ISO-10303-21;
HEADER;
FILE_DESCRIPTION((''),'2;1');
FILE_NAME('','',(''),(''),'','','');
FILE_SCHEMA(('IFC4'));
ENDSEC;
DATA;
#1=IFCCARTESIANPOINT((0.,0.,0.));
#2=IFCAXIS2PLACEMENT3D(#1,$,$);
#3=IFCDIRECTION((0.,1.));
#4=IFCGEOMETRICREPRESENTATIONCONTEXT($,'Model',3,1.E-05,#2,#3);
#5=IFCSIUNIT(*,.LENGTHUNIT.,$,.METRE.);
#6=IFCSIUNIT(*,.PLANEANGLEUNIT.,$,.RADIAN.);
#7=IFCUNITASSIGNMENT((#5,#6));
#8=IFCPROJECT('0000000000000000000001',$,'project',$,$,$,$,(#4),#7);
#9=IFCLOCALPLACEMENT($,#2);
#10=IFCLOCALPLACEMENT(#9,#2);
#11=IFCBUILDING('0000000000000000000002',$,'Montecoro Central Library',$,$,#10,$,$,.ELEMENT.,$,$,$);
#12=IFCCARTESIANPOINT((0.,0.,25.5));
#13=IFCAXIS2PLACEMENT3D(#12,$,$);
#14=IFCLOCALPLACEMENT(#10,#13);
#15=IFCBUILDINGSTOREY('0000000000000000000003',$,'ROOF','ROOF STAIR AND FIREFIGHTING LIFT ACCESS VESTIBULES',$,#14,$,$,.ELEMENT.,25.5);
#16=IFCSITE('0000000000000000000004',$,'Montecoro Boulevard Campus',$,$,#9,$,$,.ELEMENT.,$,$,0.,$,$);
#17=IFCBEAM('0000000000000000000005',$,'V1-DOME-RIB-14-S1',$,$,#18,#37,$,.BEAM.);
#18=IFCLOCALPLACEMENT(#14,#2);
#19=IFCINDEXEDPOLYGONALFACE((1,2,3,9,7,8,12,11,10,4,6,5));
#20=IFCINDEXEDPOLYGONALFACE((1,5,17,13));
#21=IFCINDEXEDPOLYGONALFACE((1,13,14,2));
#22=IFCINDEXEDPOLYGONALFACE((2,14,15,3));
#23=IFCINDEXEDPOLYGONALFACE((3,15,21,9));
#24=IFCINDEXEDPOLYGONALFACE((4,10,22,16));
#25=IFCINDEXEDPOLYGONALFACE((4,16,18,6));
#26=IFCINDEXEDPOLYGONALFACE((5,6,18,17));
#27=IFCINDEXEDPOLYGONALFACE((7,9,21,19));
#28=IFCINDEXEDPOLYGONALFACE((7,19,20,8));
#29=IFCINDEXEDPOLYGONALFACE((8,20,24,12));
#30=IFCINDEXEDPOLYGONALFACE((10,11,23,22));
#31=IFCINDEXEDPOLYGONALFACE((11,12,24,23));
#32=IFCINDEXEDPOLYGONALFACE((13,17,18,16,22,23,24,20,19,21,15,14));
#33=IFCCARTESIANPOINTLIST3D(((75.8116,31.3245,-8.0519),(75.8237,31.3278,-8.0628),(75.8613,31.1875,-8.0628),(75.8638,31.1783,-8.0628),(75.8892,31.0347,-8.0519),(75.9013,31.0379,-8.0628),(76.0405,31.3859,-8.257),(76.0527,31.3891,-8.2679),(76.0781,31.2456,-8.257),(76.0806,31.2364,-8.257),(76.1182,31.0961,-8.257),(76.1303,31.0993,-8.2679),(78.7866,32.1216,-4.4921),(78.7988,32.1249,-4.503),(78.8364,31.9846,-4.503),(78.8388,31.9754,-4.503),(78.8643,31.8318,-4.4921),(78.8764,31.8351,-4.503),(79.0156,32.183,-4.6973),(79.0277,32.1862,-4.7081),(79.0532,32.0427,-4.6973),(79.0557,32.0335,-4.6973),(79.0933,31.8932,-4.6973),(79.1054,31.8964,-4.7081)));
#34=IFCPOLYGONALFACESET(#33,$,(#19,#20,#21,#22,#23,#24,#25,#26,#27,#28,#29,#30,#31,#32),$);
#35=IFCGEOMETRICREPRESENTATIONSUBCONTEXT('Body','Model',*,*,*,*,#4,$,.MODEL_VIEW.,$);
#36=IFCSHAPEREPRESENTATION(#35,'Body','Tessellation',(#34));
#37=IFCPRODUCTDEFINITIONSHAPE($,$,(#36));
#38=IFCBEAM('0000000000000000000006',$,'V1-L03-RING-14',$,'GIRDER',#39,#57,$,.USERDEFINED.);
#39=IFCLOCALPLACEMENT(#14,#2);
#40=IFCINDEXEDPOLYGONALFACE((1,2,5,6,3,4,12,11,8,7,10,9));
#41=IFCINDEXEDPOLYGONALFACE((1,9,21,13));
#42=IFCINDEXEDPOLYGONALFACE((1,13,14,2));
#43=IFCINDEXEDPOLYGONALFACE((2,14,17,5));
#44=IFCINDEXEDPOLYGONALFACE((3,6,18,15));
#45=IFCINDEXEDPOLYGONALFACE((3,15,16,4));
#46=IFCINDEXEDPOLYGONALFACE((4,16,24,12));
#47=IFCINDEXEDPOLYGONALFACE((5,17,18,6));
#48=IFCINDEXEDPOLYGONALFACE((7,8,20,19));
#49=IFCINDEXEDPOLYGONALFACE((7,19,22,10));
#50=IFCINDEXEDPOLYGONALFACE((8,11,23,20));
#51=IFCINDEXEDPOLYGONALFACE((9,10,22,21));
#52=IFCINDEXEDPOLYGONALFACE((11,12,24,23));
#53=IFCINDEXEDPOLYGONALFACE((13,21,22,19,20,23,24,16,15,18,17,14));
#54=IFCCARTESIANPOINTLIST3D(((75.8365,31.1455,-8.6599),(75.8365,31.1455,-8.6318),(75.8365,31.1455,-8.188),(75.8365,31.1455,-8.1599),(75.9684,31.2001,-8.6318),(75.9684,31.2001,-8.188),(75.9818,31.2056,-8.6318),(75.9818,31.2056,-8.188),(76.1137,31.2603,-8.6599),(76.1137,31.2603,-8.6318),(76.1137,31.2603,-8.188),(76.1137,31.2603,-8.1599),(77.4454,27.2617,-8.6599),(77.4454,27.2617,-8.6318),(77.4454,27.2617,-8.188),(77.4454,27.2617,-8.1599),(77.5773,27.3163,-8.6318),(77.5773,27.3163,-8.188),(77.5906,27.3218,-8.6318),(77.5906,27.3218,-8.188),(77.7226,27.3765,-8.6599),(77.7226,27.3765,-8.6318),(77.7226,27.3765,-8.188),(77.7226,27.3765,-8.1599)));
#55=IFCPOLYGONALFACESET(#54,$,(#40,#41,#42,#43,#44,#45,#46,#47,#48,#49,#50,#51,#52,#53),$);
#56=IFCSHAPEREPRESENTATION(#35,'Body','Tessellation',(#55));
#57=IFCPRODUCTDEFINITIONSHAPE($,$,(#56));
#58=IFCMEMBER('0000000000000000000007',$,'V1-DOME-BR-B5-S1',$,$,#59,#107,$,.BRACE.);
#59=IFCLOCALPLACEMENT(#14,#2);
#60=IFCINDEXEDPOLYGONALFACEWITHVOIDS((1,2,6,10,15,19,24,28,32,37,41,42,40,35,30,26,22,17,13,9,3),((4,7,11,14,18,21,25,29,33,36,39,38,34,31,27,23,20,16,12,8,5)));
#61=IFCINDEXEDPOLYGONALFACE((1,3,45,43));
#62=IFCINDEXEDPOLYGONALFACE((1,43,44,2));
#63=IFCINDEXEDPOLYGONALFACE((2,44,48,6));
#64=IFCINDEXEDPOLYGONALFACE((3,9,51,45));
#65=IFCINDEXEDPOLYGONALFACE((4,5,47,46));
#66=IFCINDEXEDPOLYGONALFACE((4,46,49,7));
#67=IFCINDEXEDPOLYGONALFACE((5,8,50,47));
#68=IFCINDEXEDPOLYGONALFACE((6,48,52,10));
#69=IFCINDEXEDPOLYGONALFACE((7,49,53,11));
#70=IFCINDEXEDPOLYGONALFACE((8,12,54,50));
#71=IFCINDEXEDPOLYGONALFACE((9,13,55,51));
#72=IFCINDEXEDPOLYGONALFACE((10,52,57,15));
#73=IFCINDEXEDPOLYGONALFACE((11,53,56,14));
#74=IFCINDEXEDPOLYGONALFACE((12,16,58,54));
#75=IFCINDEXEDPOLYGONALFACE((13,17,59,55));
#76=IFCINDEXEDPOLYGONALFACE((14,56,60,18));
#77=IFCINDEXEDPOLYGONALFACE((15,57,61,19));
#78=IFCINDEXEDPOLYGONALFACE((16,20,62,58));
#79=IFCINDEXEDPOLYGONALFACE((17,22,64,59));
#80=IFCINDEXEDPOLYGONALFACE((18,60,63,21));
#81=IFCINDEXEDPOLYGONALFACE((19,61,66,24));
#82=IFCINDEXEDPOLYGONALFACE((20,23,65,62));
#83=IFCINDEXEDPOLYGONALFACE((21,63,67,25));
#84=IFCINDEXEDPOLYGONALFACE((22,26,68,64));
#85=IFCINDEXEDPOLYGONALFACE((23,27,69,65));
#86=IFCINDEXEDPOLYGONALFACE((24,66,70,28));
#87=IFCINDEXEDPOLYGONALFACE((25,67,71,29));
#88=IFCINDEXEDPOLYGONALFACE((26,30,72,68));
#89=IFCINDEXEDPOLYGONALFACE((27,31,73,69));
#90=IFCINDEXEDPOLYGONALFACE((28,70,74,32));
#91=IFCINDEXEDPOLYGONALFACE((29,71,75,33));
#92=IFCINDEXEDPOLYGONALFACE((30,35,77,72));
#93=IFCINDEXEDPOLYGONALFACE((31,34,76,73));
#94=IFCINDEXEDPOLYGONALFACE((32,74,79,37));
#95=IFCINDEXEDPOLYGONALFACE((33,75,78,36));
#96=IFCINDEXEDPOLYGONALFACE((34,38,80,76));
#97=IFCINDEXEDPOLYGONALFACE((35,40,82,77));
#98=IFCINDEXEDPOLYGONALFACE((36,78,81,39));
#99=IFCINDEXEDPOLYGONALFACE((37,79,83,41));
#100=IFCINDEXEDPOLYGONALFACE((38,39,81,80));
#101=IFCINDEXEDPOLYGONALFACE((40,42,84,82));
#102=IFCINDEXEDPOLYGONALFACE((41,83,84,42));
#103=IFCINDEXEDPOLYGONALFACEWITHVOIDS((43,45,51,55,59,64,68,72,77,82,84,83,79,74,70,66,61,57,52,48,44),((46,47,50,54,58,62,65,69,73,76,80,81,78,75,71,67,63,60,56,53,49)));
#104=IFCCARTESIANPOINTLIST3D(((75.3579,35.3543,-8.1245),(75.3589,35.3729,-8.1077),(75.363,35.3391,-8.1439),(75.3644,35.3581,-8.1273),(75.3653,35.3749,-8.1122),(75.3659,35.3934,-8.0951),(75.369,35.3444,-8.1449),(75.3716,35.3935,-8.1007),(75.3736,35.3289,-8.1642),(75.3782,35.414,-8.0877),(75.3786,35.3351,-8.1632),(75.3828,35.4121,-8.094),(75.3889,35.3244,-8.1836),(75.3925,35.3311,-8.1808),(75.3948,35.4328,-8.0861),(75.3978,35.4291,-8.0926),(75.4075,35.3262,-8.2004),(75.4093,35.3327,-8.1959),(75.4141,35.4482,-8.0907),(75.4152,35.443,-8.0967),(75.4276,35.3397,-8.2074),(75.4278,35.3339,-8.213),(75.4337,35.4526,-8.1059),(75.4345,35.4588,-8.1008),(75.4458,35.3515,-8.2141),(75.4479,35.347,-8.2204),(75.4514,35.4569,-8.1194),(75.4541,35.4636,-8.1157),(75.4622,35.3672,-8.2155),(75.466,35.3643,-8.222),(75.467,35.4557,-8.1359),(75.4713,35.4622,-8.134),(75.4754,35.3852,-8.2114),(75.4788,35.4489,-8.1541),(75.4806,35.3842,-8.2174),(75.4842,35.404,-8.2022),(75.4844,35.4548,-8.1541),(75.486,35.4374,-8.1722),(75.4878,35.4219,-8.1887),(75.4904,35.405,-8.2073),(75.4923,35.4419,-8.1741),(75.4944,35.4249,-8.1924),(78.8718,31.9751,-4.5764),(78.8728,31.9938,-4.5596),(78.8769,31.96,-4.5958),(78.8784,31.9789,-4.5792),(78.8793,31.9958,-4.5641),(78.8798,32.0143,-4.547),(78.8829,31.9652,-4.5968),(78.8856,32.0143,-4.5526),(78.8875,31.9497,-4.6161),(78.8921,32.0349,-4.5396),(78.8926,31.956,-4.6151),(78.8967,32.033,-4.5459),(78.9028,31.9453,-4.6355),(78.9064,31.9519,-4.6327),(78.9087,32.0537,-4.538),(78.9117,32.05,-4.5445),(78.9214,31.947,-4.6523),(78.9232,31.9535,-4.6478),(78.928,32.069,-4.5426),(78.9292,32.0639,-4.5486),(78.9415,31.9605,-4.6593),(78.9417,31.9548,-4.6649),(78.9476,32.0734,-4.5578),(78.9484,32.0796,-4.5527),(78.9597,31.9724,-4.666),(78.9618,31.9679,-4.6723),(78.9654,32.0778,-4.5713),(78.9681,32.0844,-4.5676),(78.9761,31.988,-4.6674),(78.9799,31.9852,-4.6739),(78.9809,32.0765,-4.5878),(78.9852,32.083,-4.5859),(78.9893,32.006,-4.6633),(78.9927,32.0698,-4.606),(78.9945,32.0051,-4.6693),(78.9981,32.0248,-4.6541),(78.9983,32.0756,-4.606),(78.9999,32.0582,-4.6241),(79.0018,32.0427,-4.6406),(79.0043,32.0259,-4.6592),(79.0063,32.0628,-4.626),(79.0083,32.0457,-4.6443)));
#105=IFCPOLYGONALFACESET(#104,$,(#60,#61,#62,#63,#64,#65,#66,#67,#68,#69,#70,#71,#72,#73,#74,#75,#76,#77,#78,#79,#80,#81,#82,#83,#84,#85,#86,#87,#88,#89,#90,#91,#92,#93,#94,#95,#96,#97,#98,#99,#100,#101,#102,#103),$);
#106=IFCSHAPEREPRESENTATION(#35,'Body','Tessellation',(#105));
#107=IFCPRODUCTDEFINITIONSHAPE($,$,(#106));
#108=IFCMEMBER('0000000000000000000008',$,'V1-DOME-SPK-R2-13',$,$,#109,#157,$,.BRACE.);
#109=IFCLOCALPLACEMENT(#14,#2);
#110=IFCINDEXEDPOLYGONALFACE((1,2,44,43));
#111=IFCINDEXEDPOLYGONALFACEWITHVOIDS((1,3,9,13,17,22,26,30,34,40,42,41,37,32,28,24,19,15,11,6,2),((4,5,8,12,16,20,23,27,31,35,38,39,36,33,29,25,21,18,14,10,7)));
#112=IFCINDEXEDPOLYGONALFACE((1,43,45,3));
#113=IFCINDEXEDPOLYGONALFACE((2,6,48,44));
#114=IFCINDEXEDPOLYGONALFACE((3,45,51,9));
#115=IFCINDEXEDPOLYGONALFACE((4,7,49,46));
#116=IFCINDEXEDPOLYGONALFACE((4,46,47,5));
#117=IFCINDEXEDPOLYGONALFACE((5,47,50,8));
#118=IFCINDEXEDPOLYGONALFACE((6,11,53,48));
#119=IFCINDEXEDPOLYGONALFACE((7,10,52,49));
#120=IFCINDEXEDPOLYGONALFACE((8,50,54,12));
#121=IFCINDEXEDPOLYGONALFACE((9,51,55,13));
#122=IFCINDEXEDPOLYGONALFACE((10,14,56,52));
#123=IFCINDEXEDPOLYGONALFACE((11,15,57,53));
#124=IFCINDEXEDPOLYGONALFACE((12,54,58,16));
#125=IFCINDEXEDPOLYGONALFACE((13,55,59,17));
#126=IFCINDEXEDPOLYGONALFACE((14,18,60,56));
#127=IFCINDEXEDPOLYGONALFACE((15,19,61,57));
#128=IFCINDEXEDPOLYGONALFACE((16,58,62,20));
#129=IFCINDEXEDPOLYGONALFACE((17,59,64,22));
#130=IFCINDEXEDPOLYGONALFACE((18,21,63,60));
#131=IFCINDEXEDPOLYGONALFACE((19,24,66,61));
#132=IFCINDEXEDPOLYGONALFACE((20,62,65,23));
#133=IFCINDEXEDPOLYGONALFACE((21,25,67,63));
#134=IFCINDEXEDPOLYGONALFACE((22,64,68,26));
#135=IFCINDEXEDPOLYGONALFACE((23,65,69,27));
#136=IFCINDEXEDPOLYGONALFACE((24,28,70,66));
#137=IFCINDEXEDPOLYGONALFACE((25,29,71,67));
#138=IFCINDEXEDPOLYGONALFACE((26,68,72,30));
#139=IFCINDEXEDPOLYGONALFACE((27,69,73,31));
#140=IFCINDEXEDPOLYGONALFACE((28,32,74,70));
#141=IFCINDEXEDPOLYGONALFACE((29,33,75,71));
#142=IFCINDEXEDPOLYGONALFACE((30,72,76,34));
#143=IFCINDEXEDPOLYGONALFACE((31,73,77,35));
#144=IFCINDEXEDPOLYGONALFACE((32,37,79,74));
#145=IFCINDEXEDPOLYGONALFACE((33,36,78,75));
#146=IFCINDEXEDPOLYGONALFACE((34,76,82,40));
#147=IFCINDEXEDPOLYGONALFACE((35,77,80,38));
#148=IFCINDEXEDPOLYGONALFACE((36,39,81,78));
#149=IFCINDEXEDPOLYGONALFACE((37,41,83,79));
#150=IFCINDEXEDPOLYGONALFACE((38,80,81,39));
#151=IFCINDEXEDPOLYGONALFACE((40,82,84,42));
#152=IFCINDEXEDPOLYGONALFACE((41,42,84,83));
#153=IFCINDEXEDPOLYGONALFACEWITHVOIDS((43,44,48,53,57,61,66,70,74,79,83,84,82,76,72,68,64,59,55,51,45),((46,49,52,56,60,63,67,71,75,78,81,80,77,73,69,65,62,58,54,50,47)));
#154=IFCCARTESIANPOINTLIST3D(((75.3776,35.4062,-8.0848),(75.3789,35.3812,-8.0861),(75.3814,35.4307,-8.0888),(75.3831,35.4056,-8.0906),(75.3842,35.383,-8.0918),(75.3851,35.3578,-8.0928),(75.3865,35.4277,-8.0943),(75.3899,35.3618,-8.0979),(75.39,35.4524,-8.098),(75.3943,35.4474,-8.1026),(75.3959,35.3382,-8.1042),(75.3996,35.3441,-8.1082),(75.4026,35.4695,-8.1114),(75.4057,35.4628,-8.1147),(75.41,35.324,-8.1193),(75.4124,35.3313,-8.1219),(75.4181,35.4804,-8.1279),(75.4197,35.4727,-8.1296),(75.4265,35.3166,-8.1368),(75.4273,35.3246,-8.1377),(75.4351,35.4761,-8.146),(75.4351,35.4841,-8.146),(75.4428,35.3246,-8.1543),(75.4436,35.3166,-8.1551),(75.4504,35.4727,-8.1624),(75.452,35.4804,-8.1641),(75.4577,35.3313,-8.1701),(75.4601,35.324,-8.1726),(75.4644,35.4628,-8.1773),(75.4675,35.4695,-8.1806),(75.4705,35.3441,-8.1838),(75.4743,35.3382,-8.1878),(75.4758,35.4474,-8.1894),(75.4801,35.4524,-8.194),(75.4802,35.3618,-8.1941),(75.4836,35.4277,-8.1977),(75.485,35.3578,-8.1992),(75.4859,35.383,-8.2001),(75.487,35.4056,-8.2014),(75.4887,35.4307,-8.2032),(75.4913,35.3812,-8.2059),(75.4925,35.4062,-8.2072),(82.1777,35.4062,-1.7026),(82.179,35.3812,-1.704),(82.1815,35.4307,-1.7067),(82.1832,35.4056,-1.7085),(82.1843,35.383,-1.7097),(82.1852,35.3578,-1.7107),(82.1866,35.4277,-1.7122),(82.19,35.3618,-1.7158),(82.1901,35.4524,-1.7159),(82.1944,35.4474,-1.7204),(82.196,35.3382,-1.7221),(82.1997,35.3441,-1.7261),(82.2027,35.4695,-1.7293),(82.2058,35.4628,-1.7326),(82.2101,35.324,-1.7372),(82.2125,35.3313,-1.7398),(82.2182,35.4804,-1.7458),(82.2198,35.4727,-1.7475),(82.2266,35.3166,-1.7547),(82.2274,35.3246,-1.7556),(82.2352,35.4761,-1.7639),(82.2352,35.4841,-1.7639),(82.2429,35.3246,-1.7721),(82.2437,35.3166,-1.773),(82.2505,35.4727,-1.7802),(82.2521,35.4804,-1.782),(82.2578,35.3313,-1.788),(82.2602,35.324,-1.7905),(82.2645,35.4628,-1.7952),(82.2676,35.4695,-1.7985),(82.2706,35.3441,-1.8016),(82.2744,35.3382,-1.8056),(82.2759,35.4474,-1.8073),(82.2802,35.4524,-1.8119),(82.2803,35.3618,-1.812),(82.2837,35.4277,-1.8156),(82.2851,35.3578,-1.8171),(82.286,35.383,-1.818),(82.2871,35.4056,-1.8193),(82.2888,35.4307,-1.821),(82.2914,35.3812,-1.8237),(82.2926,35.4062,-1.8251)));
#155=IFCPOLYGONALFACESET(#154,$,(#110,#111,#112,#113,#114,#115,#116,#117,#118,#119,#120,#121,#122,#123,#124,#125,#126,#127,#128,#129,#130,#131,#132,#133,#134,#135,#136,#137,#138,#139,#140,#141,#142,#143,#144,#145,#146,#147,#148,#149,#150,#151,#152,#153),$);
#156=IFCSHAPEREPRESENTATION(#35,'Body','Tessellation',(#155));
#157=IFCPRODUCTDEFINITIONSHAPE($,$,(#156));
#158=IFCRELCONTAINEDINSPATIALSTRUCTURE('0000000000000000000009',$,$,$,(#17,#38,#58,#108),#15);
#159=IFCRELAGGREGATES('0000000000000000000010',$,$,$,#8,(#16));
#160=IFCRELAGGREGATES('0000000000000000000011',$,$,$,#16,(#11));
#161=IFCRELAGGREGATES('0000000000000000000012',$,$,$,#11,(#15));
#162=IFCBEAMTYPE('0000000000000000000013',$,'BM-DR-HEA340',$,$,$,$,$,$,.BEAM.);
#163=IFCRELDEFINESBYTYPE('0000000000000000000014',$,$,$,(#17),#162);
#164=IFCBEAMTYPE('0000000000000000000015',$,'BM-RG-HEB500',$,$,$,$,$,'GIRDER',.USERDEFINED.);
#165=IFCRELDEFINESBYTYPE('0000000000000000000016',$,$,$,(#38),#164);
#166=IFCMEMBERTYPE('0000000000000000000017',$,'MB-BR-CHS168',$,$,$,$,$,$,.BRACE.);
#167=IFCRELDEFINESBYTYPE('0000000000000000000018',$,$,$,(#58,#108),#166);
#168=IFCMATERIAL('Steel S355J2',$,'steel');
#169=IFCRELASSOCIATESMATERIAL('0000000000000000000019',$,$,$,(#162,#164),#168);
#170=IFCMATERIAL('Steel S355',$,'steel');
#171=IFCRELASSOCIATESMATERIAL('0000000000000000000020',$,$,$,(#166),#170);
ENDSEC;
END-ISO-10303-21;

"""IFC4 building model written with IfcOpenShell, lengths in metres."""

from ifc_helpers import new_model, si_unit, direction, frame, origin, origin_2d, place, context, subcontext, project, spatial, hollow_circle, i_section, extrude, material, material_profile, profile_set, type_object, element, save


model = new_model("IFC4")

# Units and contexts
model_context = context("Model", 3, precision=1e-05, world=origin(), true_north=direction((0.0, 1.0)))
body_context = subcontext(model_context, "Body", "Model", "MODEL_VIEW")
ifc_project = project(units=[si_unit("LENGTHUNIT", "METRE"), si_unit("PLANEANGLEUNIT", "RADIAN")], contexts=[model_context])

# Site, building, storey
site_placement = place(None, origin())
site = spatial("IfcSite", under=ifc_project, at=site_placement, Name="Montecoro Boulevard Campus", CompositionType="ELEMENT", RefElevation=0.0)
building_placement = place(site_placement, origin())
building = spatial("IfcBuilding", under=site, at=building_placement, Name="Montecoro Central Library", CompositionType="ELEMENT")
storey_placement = place(building_placement, frame((0.0, 0.0, 25.5)))
storey = spatial("IfcBuildingStorey", under=building, at=storey_placement, Name="ROOF", Description="ROOF STAIR AND FIREFIGHTING LIFT ACCESS VESTIBULES", CompositionType="ELEMENT", Elevation=25.5)

# Beams
ifc_material_1 = material(Name="Steel S355J2", Category="steel")
ifc_material_profile_1 = material_profile(ifc_material_1, i_section(OverallWidth=0.3, OverallDepth=0.3301, WebThickness=0.0095, FlangeThickness=0.0166, at=origin_2d()), Name="HEA 340")
ifc_profile_set_1 = profile_set([ifc_material_profile_1], Name="Steel S355J2")
beam_type_1 = type_object("IfcBeamType", Name="BM-DR-HEA340", PredefinedType="BEAM", material=ifc_profile_set_1)
beam_1_placement = place(storey_placement, frame((75.9709, 31.2119, -8.1599), z_axis=(0.632015, 0.169336, 0.756229), x_axis=(-0.258802, 0.96593, 0.0)))
element("IfcBeam", 1, at=beam_1_placement, inside=storey, type_object=beam_type_1, Name="V1-DOME-RIB-14-S1", PredefinedType="BEAM", context=body_context, shape_type="SweptSolid", body=[
    extrude(i_section(OverallWidth=0.3, OverallDepth=0.3301, WebThickness=0.0095, FlangeThickness=0.0166, at=origin_2d()), origin(), (0.0, 0.0, 1.0), 4.7073),
])
ifc_material_profile_2 = material_profile(ifc_material_1, i_section(OverallWidth=0.3, OverallDepth=0.5, WebThickness=0.0144, FlangeThickness=0.0281, at=origin_2d()), Name="HEB 500")
ifc_profile_set_2 = profile_set([ifc_material_profile_2], Name="Steel S355J2")
beam_type_2 = type_object("IfcBeamType", Name="BM-RG-HEB500", ElementType="GIRDER", PredefinedType="USERDEFINED", material=ifc_profile_set_2)
beam_2_placement = place(storey_placement, frame((75.9751, 31.2029, -8.4099), z_axis=(0.382718, -0.923865, 0.0), x_axis=(0.923865, 0.382718, 0.0)))
element("IfcBeam", 2, at=beam_2_placement, inside=storey, type_object=beam_type_2, Name="V1-L03-RING-14", ObjectType="GIRDER", PredefinedType="USERDEFINED", context=body_context, shape_type="SweptSolid", body=[
    extrude(i_section(OverallWidth=0.3, OverallDepth=0.5, WebThickness=0.0144, FlangeThickness=0.0281, at=origin_2d()), origin(), (0.0, 0.0, 1.0), 4.2039),
])

# Members
ifc_material_2 = material(Name="Steel S355", Category="steel")
ifc_material_profile_3 = material_profile(ifc_material_2, hollow_circle(Radius=0.0842, WallThickness=0.0081, at=origin_2d()), Name="CHS 168.3x8.0")
ifc_profile_set_3 = profile_set([ifc_material_profile_3], Name="Steel S355")
member_type_1 = type_object("IfcMemberType", Name="MB-BR-CHS168", PredefinedType="BRACE", material=ifc_profile_set_3)
member_1_placement = place(storey_placement, frame((75.426, 35.394, -8.1541), z_axis=(0.582784, -0.560433, 0.588453), x_axis=(0.69315, 0.720794, 0.0)))
element("IfcMember", 3, at=member_1_placement, inside=storey, type_object=member_type_1, Name="V1-DOME-BR-B5-S1", PredefinedType="BRACE", context=body_context, shape_type="SweptSolid", body=[
    extrude(hollow_circle(Radius=0.0842, WallThickness=0.0081, at=origin_2d()), origin(), (0.0, 0.0, 1.0), 6.0295),
])
member_2_placement = place(storey_placement, frame((75.4351, 35.3999, -8.146), z_axis=(0.729161, 0.0, 0.684342), x_axis=(0.0, 1.0, 0.0)))
element("IfcMember", 4, at=member_2_placement, inside=storey, type_object=member_type_1, Name="V1-DOME-SPK-R2-13", PredefinedType="BRACE", context=body_context, shape_type="SweptSolid", body=[
    extrude(hollow_circle(Radius=0.0842, WallThickness=0.0081, at=origin_2d()), origin(), (0.0, 0.0, 1.0), 9.3259),
])

save(model, "model.ifc")
